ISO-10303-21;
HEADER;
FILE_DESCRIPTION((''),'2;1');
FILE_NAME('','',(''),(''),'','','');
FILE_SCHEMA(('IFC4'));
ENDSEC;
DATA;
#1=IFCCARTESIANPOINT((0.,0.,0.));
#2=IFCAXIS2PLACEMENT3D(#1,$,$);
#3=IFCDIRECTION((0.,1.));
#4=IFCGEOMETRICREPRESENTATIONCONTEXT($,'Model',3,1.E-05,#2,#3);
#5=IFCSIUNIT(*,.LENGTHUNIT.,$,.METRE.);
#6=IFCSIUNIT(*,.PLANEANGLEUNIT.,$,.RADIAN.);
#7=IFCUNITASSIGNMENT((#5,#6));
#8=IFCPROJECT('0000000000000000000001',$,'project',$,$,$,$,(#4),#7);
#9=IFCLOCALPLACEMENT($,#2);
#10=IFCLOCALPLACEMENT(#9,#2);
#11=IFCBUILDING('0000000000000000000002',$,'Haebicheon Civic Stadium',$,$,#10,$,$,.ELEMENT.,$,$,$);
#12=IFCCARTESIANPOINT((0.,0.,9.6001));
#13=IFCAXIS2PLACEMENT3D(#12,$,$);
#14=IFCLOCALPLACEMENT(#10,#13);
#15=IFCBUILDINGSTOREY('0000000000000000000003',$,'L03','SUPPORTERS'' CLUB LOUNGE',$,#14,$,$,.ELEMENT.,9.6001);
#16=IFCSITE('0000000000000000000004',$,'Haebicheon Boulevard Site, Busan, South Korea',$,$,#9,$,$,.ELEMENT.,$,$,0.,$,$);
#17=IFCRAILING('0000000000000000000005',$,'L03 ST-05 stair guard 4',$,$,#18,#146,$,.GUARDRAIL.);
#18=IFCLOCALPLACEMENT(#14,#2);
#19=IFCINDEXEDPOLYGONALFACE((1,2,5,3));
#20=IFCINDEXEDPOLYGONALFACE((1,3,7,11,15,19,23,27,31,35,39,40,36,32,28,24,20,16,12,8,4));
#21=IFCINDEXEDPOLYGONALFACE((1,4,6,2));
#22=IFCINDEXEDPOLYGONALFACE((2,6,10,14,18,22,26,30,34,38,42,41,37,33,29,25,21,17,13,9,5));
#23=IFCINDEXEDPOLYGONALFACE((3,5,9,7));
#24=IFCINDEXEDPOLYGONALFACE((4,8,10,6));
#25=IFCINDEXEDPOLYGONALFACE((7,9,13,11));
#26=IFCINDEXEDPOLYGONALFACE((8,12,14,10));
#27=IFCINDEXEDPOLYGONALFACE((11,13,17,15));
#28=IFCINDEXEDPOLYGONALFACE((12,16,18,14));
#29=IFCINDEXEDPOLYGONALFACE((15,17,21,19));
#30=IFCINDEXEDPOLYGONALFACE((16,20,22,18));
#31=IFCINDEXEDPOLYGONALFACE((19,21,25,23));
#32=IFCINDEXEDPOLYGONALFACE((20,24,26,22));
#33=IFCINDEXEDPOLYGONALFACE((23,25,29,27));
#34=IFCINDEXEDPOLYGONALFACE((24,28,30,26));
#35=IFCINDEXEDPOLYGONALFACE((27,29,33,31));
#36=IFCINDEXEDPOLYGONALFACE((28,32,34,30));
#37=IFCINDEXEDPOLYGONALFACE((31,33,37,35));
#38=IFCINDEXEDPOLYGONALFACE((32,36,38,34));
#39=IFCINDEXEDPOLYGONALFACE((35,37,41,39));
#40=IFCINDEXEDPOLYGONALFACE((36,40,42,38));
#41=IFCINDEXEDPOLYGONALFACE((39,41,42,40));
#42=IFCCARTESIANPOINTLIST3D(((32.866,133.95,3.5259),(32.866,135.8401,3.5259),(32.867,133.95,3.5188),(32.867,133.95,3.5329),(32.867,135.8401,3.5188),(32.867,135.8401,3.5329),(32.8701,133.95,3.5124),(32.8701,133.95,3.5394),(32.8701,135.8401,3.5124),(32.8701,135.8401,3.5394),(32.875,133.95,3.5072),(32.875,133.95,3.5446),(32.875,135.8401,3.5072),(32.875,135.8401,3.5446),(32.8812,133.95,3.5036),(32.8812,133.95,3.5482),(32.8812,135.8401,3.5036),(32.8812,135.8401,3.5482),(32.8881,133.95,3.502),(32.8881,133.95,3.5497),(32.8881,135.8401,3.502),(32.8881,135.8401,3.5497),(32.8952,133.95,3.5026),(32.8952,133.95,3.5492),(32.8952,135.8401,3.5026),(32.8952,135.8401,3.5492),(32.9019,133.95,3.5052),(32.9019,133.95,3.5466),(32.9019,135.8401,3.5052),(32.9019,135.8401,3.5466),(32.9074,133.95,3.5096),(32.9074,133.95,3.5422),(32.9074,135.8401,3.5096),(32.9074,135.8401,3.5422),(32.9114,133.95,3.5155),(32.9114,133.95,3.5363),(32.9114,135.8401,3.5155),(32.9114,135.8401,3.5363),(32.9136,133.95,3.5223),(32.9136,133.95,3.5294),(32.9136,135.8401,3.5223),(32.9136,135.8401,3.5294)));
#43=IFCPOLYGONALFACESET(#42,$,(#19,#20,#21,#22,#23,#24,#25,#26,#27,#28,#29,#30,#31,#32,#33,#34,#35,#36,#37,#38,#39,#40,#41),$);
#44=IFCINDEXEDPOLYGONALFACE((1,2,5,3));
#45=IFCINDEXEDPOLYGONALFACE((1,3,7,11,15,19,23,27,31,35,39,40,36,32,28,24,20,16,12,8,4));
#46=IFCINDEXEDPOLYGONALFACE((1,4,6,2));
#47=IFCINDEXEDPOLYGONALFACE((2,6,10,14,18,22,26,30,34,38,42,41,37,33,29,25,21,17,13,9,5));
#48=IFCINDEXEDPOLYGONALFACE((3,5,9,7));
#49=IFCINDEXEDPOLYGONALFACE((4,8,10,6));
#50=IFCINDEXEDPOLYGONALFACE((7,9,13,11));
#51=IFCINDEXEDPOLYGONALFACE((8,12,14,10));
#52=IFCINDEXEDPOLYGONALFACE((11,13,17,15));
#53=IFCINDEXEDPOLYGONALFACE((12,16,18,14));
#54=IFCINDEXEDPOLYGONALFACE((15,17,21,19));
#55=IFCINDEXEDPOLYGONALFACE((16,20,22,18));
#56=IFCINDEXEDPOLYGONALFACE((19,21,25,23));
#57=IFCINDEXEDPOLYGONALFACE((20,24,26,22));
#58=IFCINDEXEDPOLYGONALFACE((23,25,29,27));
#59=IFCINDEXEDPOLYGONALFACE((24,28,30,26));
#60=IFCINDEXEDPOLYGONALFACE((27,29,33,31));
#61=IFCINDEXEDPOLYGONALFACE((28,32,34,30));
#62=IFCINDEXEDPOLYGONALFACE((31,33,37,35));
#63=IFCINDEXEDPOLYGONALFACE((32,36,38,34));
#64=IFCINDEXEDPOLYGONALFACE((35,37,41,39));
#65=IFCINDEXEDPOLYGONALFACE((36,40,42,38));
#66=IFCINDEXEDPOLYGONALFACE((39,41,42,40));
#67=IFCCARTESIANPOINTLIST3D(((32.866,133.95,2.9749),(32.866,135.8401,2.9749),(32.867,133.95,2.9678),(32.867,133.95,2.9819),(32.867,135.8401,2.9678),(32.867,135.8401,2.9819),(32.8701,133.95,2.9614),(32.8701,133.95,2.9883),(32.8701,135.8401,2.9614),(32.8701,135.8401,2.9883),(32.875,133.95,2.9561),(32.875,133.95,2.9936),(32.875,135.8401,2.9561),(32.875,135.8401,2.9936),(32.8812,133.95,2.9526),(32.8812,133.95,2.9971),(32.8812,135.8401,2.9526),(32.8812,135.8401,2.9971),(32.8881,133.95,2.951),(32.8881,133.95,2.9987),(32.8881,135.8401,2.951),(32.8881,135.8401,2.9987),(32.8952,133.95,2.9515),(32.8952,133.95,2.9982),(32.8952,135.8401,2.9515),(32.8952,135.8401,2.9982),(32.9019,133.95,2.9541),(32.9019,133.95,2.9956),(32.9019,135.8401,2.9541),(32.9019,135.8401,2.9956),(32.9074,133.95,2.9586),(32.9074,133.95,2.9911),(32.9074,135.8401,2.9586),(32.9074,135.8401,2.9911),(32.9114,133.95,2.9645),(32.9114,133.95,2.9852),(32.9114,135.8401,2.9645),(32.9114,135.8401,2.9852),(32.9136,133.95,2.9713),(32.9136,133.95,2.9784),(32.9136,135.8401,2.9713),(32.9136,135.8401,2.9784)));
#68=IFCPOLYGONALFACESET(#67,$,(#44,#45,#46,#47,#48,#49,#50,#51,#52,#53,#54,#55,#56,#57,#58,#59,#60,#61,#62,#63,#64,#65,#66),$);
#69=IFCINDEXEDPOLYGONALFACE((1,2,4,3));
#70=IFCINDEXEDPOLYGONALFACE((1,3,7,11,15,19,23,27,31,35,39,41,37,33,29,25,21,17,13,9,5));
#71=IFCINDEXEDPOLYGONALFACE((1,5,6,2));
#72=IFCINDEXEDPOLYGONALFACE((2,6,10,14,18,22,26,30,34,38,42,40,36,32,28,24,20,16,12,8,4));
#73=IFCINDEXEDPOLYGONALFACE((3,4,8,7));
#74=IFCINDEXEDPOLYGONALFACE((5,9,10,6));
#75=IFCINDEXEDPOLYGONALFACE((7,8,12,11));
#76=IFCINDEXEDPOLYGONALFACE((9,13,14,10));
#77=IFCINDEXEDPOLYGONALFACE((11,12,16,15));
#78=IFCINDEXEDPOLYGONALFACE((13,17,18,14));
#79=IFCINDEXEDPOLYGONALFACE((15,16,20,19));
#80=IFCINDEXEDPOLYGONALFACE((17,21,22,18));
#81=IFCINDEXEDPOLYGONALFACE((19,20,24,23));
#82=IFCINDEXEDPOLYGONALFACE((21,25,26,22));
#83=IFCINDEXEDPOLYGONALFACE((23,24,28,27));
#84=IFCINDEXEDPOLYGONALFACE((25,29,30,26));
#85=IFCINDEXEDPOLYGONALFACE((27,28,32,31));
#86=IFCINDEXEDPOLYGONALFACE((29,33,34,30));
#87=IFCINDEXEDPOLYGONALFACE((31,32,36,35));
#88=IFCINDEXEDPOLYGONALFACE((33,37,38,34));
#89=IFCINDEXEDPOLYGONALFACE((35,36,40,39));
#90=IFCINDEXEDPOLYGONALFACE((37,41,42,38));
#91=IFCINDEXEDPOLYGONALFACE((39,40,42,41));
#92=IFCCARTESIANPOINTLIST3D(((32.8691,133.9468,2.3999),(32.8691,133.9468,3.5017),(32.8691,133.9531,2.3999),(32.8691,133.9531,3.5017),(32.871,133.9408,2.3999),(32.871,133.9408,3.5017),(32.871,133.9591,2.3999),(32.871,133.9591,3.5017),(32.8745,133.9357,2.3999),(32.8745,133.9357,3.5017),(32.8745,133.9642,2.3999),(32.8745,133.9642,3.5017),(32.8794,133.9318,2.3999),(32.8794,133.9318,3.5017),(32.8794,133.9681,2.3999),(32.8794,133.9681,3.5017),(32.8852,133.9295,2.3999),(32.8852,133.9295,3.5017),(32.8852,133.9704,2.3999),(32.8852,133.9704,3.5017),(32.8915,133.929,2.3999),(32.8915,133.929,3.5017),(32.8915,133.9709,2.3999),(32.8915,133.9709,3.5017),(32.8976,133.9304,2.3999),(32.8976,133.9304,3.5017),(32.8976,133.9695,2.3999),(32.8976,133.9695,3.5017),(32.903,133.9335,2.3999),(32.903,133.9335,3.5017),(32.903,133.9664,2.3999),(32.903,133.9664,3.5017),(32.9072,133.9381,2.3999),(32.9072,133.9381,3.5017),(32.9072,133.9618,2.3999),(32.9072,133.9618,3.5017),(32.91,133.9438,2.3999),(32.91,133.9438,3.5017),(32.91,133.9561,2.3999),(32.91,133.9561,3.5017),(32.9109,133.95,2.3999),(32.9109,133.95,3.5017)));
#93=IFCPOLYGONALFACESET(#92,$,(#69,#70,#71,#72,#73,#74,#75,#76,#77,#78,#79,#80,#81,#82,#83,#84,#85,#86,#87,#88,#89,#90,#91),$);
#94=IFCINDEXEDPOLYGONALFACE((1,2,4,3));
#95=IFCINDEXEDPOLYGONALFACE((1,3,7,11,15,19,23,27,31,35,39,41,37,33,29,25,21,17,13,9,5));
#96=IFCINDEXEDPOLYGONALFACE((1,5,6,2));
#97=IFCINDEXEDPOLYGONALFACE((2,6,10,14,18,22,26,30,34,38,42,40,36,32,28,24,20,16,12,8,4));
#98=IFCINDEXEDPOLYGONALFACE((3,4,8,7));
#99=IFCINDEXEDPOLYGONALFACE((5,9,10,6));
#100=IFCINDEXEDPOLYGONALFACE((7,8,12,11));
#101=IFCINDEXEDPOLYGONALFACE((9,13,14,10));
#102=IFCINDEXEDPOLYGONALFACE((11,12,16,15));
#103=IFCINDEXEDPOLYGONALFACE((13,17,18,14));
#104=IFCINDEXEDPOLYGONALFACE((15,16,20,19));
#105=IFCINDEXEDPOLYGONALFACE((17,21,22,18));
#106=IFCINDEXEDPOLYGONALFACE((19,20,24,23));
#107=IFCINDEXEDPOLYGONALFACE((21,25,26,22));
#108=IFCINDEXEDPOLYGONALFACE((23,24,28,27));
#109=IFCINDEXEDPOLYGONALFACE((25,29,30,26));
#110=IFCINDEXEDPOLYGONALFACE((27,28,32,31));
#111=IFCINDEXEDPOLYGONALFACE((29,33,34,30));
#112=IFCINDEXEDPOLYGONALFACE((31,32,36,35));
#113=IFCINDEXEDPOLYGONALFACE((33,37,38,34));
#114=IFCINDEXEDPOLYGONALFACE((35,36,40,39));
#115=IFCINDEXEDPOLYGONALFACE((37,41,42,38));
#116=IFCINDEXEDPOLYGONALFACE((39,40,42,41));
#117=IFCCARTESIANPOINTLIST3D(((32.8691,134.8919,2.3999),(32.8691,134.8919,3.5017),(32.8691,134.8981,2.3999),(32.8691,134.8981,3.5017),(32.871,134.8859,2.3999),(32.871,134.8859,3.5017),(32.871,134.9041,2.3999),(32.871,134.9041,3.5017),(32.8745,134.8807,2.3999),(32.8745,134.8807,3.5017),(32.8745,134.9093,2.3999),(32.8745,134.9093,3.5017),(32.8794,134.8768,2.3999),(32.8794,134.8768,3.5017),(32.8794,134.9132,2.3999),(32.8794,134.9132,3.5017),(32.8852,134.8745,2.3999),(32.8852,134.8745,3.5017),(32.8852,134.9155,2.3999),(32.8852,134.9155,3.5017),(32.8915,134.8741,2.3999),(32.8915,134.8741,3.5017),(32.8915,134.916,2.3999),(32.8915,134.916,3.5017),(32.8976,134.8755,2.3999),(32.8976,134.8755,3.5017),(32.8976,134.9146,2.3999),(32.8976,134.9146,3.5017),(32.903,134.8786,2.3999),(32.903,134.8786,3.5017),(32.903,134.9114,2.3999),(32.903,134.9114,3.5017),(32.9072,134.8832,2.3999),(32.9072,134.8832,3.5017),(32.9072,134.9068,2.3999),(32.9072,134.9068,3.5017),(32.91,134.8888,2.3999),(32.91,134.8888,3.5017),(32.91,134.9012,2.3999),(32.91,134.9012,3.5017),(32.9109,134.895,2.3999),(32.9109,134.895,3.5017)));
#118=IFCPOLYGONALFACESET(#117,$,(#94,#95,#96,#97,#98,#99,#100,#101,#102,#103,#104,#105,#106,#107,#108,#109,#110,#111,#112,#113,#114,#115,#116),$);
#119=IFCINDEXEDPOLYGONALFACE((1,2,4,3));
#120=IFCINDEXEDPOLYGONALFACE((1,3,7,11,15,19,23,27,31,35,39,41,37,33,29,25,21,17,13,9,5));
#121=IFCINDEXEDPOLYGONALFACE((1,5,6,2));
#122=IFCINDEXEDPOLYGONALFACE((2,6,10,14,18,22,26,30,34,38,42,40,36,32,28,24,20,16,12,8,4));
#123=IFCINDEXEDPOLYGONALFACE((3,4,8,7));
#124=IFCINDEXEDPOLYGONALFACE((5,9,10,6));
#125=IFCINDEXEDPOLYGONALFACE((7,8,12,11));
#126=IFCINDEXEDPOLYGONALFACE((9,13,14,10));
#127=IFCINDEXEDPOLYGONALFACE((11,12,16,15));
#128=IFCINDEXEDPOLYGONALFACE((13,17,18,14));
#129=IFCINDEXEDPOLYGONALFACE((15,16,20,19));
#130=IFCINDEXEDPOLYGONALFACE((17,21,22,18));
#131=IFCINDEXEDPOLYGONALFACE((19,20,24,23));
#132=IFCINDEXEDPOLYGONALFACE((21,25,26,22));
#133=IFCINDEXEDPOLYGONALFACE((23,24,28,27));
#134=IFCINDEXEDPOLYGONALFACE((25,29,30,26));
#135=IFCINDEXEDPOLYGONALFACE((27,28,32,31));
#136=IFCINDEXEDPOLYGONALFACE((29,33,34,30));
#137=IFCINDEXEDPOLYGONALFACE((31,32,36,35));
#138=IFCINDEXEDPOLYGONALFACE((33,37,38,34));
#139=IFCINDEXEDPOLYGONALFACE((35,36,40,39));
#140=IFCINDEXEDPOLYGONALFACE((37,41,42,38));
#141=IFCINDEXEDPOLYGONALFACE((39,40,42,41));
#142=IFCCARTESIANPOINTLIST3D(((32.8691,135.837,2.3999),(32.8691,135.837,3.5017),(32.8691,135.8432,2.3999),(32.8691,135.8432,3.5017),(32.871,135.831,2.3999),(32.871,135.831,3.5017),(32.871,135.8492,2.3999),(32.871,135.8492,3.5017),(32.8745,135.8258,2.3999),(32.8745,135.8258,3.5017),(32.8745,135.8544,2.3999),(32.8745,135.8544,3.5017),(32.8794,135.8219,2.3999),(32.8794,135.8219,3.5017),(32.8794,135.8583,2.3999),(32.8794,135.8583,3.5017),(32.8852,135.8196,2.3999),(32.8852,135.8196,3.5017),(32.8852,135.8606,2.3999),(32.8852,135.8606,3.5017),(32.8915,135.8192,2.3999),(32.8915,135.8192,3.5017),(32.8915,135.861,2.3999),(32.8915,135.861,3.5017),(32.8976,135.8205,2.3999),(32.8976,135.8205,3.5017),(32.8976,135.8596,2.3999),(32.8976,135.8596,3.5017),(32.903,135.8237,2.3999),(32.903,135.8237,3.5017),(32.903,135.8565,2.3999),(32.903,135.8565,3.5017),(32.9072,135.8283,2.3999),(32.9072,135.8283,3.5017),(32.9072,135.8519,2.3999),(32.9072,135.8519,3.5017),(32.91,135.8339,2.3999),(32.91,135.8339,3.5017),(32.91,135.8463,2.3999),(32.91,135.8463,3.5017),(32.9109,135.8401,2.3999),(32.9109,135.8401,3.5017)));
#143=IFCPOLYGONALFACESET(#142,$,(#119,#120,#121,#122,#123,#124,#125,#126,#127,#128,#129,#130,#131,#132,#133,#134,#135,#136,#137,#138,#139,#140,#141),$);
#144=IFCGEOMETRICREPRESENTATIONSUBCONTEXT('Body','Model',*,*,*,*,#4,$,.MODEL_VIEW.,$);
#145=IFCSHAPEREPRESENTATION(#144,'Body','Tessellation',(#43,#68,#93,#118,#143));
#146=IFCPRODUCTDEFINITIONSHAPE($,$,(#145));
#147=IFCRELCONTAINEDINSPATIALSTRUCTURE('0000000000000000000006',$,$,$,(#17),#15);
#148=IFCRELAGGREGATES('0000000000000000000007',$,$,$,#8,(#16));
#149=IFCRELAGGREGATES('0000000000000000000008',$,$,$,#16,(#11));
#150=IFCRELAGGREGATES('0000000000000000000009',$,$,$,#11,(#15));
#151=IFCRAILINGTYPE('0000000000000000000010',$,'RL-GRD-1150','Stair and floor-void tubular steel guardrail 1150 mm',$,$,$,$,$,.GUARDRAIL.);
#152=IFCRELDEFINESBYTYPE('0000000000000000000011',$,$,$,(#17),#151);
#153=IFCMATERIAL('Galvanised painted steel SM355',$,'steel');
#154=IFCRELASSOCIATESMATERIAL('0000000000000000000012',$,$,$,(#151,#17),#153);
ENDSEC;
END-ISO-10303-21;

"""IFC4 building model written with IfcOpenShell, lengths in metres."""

from ifc_helpers import new_model, si_unit, direction, frame, origin, origin_2d, place, context, subcontext, project, spatial, circle, extrude, material, type_object, element, save


model = new_model("IFC4")

# Units and contexts
model_context = context("Model", 3, precision=1e-05, world=origin(), true_north=direction((0.0, 1.0)))
body_context = subcontext(model_context, "Body", "Model", "MODEL_VIEW")
ifc_project = project(units=[si_unit("LENGTHUNIT", "METRE"), si_unit("PLANEANGLEUNIT", "RADIAN")], contexts=[model_context])

# Site, building, storey
site_placement = place(None, origin())
site = spatial("IfcSite", under=ifc_project, at=site_placement, Name="Haebicheon Boulevard Site, Busan, South Korea", CompositionType="ELEMENT", RefElevation=0.0)
building_placement = place(site_placement, origin())
building = spatial("IfcBuilding", under=site, at=building_placement, Name="Haebicheon Civic Stadium", CompositionType="ELEMENT")
storey_placement = place(building_placement, frame((0.0, 0.0, 9.6001)))
storey = spatial("IfcBuildingStorey", under=building, at=storey_placement, Name="L03", Description="SUPPORTERS' CLUB LOUNGE", CompositionType="ELEMENT", Elevation=9.6001)

# Railing
ifc_material_1 = material(Name="Galvanised painted steel SM355", Category="steel")
railing_type_1 = type_object("IfcRailingType", Name="RL-GRD-1150", Description="Stair and floor-void tubular steel guardrail 1150 mm", PredefinedType="GUARDRAIL", material=ifc_material_1)
for number, where, name in (
    (1, (32.8899, 133.95, 2.3999), "L03 ST-05 stair guard 4"),
):
    element("IfcRailing", number, at=place(storey_placement, frame(where)), inside=storey, type_object=railing_type_1, material=ifc_material_1, Name=name, PredefinedType="GUARDRAIL", context=body_context, shape_type="SweptSolid", body=[
        extrude(circle(Radius=0.0239, at=origin_2d()), frame((0.0, 0.0, 1.126), z_axis=(0.0, 1.0, 0.0), x_axis=(-1.0, 0.0, 0.0)), (0.0, 0.0, 1.0), 1.8901),
        extrude(circle(Radius=0.0239, at=origin_2d()), frame((0.0, 0.0, 0.575), z_axis=(0.0, 1.0, 0.0), x_axis=(-1.0, 0.0, 0.0)), (0.0, 0.0, 1.0), 1.8901),
        extrude(circle(Radius=0.021, at=origin_2d()), origin(), (0.0, 0.0, 1.0), 1.1018),
        extrude(circle(Radius=0.021, at=origin_2d()), frame((0.0, 0.9451, 0.0)), (0.0, 0.0, 1.0), 1.1018),
        extrude(circle(Radius=0.021, at=origin_2d()), frame((0.0, 1.8901, 0.0)), (0.0, 0.0, 1.0), 1.1018),
    ])

save(model, "model.ifc")
